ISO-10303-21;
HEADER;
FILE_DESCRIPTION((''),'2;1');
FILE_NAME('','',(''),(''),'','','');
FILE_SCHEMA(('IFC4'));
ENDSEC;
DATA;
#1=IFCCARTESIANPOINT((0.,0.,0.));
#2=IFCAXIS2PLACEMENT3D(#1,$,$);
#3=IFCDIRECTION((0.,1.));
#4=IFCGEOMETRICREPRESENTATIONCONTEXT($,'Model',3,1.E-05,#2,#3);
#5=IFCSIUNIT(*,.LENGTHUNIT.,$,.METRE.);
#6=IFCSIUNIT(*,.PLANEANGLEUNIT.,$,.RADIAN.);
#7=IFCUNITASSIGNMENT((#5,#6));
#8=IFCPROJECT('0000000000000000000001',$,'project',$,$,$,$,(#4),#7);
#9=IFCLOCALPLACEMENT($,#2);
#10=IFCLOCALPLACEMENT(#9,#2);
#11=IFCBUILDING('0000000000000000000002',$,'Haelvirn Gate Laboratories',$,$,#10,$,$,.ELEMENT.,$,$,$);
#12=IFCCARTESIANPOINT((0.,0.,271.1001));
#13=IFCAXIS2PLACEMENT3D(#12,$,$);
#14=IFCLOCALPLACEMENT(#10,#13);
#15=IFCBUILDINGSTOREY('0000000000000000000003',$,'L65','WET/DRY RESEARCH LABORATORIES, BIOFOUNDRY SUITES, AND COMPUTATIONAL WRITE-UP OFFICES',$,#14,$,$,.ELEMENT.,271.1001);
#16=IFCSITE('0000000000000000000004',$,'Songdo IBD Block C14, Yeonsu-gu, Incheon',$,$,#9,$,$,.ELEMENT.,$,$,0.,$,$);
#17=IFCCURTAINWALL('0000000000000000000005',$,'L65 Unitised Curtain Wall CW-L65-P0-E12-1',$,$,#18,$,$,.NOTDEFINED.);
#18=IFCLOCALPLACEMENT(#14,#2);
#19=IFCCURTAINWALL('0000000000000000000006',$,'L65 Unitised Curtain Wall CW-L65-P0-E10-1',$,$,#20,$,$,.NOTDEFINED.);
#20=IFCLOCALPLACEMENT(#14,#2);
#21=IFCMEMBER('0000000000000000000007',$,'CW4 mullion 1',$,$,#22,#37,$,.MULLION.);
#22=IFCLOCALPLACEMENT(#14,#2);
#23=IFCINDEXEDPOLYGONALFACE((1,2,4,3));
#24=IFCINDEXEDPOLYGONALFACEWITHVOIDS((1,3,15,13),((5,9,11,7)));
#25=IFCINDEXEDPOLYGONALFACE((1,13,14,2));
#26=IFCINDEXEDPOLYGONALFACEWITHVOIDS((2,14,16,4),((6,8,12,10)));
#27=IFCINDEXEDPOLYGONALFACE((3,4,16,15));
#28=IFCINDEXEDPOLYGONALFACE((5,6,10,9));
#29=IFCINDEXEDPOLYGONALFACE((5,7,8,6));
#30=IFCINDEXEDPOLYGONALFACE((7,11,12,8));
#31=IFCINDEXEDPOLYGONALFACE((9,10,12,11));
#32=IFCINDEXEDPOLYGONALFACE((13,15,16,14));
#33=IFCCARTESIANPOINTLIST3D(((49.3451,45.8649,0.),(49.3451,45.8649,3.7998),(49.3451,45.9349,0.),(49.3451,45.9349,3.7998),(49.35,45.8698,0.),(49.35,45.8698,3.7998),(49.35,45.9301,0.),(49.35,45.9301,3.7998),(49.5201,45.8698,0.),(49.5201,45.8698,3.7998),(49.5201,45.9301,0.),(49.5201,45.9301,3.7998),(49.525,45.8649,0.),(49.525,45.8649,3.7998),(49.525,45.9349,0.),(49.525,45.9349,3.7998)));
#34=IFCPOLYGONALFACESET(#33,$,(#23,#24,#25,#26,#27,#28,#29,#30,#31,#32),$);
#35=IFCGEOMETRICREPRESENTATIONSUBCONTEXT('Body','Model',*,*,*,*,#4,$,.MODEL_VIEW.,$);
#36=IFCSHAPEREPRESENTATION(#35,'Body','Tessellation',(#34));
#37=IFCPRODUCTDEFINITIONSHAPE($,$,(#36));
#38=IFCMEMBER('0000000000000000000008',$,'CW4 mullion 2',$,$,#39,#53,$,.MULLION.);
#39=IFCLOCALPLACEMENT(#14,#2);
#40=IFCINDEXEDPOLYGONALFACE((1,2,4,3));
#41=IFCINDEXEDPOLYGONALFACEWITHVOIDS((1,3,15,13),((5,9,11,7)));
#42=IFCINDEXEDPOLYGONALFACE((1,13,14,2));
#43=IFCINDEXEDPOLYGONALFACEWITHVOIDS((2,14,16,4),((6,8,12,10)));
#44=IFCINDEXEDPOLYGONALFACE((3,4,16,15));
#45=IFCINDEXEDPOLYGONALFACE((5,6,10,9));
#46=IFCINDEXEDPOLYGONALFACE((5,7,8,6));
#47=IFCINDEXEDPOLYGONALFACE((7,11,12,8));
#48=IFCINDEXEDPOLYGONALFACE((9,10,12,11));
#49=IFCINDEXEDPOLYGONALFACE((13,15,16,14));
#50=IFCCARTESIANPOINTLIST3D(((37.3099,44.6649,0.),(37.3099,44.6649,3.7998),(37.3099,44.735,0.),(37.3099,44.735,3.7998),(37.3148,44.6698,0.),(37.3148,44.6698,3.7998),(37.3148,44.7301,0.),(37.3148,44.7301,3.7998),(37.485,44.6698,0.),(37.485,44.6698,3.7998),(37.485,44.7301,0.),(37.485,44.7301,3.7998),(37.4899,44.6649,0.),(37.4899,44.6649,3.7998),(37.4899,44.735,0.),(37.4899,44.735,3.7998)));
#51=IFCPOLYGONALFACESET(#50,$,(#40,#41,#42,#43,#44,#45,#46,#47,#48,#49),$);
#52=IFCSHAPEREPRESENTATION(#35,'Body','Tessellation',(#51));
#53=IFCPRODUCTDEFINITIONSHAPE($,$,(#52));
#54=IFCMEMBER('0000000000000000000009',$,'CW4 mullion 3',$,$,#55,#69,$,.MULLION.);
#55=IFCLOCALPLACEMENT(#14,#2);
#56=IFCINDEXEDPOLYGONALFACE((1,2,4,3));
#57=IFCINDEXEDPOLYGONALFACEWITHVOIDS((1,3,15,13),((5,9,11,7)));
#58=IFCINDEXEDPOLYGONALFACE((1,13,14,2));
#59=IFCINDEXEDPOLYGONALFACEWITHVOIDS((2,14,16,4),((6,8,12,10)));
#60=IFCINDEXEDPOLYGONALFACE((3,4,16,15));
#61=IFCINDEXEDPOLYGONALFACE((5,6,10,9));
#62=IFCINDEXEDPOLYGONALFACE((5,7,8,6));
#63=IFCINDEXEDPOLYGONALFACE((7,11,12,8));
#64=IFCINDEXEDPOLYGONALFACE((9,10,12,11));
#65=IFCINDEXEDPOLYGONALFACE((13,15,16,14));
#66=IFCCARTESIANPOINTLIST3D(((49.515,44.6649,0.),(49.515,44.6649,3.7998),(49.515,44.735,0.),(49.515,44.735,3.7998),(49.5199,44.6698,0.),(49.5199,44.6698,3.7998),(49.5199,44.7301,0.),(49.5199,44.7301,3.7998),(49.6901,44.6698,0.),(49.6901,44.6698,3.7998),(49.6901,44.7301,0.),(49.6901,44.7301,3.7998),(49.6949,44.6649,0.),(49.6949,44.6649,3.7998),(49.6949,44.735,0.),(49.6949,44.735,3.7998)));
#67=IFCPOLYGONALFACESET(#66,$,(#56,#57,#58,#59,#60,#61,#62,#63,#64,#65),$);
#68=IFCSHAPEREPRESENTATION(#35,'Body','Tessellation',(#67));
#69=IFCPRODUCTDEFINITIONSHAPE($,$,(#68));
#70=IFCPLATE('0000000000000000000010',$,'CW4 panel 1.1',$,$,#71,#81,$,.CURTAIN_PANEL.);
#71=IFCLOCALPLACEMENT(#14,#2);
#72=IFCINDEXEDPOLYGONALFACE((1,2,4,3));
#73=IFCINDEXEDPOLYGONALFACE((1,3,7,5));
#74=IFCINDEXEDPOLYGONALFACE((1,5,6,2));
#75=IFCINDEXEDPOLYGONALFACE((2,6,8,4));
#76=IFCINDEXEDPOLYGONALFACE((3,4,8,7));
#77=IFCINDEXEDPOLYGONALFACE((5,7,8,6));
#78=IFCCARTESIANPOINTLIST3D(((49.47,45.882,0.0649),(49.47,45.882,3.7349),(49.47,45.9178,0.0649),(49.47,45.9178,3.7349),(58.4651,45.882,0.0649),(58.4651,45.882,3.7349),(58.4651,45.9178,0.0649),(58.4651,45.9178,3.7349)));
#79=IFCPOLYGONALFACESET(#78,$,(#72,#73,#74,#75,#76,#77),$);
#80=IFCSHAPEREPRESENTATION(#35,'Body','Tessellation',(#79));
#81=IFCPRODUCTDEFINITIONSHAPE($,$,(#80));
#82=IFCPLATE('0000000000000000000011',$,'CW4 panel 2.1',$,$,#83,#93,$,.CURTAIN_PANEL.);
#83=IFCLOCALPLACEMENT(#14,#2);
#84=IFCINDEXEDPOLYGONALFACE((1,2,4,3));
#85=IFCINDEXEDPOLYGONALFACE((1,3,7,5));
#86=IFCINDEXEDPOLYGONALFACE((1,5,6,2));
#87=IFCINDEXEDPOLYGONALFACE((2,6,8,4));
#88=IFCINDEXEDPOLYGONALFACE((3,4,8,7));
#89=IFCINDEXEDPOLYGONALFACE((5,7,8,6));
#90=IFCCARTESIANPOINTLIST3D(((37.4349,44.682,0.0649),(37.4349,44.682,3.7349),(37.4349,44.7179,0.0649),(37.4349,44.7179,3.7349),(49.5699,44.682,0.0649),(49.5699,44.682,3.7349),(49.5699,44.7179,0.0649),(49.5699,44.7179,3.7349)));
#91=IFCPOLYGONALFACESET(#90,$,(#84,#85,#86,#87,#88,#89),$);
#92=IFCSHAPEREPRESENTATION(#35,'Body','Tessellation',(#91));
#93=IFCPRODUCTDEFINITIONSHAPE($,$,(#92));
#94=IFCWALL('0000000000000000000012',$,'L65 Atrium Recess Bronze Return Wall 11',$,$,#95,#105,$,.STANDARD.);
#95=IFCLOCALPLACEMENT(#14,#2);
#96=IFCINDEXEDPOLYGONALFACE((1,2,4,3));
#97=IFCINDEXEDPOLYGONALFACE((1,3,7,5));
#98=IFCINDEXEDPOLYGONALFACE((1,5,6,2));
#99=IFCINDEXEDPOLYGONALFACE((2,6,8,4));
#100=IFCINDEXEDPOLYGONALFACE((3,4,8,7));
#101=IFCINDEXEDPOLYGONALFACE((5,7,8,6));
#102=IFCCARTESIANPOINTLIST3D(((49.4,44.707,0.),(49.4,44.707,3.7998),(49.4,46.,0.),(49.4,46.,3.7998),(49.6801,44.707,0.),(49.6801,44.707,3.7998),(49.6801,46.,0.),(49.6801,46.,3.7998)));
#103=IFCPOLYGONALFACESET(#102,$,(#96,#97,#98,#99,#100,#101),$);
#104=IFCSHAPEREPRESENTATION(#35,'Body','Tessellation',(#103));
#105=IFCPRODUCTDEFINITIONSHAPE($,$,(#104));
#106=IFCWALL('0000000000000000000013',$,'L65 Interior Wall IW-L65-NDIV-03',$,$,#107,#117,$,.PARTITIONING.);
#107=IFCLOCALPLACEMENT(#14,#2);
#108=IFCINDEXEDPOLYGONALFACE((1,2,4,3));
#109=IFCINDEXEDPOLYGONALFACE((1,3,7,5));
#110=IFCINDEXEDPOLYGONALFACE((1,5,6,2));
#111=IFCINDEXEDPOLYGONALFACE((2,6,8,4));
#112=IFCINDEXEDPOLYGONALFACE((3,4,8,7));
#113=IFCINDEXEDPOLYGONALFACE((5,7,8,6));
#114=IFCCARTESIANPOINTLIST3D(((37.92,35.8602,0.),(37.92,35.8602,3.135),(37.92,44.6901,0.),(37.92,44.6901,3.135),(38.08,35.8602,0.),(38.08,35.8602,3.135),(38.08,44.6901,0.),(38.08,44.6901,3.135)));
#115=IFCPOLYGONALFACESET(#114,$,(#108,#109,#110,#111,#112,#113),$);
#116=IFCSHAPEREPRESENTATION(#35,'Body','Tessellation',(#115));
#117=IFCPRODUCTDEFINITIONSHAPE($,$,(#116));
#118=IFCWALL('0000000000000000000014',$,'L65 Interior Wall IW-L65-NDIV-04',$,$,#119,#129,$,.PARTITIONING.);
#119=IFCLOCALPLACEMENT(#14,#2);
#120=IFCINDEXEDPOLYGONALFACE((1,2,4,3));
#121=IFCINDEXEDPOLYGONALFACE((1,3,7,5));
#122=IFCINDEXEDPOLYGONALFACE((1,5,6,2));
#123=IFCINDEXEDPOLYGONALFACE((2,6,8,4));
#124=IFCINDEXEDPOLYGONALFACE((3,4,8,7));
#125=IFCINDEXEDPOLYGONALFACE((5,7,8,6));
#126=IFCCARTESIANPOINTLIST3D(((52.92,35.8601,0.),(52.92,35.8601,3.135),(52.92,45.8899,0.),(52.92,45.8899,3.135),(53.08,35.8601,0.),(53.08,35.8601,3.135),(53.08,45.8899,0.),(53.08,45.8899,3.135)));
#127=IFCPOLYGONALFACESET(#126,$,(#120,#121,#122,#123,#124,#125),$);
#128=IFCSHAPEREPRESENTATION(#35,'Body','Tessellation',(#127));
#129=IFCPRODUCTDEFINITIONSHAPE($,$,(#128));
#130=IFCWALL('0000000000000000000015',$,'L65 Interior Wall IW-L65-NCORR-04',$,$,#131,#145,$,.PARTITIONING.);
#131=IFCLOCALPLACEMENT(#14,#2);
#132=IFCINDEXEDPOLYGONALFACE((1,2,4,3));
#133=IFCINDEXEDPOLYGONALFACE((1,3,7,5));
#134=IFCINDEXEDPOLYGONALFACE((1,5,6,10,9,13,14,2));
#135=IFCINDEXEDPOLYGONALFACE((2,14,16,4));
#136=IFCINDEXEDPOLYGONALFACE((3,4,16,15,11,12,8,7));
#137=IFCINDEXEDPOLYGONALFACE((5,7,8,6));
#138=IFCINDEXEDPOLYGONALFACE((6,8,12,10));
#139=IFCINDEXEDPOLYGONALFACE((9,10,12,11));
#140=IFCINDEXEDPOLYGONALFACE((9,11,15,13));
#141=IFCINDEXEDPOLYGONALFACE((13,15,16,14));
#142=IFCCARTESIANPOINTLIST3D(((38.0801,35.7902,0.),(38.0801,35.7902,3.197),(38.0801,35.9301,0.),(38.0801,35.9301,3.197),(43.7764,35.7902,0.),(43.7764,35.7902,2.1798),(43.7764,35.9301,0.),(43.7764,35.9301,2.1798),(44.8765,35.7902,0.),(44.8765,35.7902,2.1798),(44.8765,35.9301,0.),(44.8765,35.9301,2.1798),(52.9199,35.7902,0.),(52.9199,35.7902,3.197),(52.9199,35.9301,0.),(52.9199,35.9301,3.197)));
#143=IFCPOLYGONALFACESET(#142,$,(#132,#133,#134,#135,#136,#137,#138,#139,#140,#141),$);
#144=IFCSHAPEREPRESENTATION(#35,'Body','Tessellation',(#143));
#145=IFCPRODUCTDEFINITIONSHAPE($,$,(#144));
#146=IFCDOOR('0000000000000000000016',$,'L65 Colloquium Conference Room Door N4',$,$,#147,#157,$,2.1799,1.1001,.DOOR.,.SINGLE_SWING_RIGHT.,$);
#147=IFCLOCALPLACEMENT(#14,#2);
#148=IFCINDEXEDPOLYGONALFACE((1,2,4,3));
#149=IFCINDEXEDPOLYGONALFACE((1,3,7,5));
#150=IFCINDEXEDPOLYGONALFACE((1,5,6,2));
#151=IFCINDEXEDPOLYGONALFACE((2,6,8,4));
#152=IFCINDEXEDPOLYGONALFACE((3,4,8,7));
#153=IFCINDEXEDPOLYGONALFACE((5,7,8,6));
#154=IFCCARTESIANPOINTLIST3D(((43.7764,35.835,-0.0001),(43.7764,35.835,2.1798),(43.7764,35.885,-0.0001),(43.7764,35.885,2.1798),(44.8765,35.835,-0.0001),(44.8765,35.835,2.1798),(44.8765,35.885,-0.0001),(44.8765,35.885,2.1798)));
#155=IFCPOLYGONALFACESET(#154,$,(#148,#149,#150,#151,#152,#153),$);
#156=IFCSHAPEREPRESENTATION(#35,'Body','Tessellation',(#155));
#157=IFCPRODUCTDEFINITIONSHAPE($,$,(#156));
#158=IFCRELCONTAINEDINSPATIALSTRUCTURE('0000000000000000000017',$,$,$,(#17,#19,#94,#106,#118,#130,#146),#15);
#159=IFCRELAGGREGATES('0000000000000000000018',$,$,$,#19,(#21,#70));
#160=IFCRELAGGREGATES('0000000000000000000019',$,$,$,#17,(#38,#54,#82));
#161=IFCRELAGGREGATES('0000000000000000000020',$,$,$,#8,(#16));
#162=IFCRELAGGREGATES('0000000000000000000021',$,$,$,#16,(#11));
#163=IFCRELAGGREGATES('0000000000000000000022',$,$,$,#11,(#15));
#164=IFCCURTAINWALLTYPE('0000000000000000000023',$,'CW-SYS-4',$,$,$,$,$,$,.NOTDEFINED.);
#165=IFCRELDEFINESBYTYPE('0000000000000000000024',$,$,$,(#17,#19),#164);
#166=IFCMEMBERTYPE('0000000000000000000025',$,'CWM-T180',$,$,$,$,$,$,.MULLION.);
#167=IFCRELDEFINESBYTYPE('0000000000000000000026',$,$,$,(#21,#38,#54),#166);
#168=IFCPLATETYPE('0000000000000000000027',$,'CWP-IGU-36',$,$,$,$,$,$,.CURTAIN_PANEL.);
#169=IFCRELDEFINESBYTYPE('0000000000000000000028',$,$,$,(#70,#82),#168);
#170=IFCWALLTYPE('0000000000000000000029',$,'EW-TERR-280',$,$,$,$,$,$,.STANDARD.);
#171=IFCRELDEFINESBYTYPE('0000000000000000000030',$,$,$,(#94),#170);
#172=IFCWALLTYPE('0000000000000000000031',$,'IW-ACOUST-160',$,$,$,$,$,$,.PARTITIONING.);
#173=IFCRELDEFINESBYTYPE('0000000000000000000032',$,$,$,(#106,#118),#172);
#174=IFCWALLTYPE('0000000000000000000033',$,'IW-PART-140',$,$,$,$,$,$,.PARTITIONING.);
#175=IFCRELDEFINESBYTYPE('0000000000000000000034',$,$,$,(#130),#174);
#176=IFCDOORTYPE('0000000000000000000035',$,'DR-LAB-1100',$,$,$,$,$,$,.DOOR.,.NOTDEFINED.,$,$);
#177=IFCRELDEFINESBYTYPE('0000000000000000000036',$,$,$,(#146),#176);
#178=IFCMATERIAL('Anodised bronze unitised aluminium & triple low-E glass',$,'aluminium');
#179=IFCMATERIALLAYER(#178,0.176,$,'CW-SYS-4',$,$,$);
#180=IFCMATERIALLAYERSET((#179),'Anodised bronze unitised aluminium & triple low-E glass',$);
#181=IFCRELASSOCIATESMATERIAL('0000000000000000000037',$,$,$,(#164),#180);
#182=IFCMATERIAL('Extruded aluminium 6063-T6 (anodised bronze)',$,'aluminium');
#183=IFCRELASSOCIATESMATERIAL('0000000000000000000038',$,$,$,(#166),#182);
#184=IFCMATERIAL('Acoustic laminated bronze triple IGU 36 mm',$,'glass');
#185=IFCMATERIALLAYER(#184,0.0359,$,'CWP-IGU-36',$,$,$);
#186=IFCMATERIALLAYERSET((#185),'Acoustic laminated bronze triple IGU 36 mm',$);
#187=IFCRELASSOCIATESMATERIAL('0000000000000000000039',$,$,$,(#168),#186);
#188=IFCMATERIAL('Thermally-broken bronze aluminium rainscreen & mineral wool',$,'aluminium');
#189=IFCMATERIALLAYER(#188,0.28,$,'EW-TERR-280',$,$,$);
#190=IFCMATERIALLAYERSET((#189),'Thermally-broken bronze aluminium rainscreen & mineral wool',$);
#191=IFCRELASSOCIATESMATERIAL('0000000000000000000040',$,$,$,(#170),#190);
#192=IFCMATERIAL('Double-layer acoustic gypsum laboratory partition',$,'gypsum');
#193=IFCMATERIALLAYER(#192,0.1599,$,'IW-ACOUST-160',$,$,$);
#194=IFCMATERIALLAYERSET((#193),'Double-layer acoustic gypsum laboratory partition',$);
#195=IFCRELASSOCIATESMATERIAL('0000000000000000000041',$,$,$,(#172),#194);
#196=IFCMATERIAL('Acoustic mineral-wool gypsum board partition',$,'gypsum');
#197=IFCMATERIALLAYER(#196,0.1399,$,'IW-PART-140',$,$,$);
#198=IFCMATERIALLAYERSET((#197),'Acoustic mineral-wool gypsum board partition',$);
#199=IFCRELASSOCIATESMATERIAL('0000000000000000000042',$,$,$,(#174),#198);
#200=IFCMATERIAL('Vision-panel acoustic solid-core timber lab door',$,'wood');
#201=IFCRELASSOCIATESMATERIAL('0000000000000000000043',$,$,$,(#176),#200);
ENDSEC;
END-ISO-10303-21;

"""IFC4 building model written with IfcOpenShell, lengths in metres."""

from ifc_helpers import new_model, si_unit, direction, frame, frame_2d, origin, origin_2d, place, context, subcontext, project, spatial, rectangle, hollow_rectangle, extrude, source, transform, mapped, material, layer, layer_set, material_profile, profile_set, type_object, type_shapes, element, fill, aggregate, save


model = new_model("IFC4")

# Units and contexts
model_context = context("Model", 3, precision=1e-05, world=origin(), true_north=direction((0.0, 1.0)))
body_context = subcontext(model_context, "Body", "Model", "MODEL_VIEW")
ifc_project = project(units=[si_unit("LENGTHUNIT", "METRE"), si_unit("PLANEANGLEUNIT", "RADIAN")], contexts=[model_context])

# Site, building, storey
site_placement = place(None, origin())
site = spatial("IfcSite", under=ifc_project, at=site_placement, Name="Songdo IBD Block C14, Yeonsu-gu, Incheon", CompositionType="ELEMENT", RefElevation=0.0)
building_placement = place(site_placement, origin())
building = spatial("IfcBuilding", under=site, at=building_placement, Name="Haelvirn Gate Laboratories", CompositionType="ELEMENT")
storey_placement = place(building_placement, frame((0.0, 0.0, 271.1001)))
storey = spatial("IfcBuildingStorey", under=building, at=storey_placement, Name="L65", Description="WET/DRY RESEARCH LABORATORIES, BIOFOUNDRY SUITES, AND COMPUTATIONAL WRITE-UP OFFICES", CompositionType="ELEMENT", Elevation=271.1001)

# Curtain walls, member
ifc_material_1 = material(Name="Anodised bronze unitised aluminium & triple low-E glass", Category="aluminium")
ifc_layer_1 = layer(ifc_material_1, 0.176, Name="CW-SYS-4")
ifc_layer_set_1 = layer_set([ifc_layer_1], Name="Anodised bronze unitised aluminium & triple low-E glass")
curtain_wall_type = type_object("IfcCurtainWallType", Name="CW-SYS-4", PredefinedType="NOTDEFINED", material=ifc_layer_set_1)
curtain_wall_1_placement = place(storey_placement, origin())
curtain_wall_1 = element("IfcCurtainWall", 1, at=curtain_wall_1_placement, inside=storey, type_object=curtain_wall_type, Name="L65 Unitised Curtain Wall CW-L65-P0-E12-1", PredefinedType="NOTDEFINED")
ifc_material_2 = material(Name="Extruded aluminium 6063-T6 (anodised bronze)", Category="aluminium")
curtain_wall_2_placement = place(storey_placement, origin())
curtain_wall_2 = element("IfcCurtainWall", 2, at=curtain_wall_2_placement, inside=storey, type_object=curtain_wall_type, Name="L65 Unitised Curtain Wall CW-L65-P0-E10-1", PredefinedType="NOTDEFINED")
ifc_material_profile_1 = material_profile(ifc_material_2, hollow_rectangle(XDim=0.0701, YDim=0.1799, WallThickness=0.0049, at=origin_2d()), Name="CWM-180x70x5")
ifc_profile_set_1 = profile_set([ifc_material_profile_1], Name="Extruded aluminium 6063-T6 (anodised bronze)")
member_type_1 = type_object("IfcMemberType", Name="CWM-T180", PredefinedType="MULLION", material=ifc_profile_set_1)
shared_shape_1 = source(origin(), body_context, "Body", "SweptSolid", [
    extrude(hollow_rectangle(XDim=0.0701, YDim=0.1799, WallThickness=0.0049, at=origin_2d()), origin(), (0.0, 0.0, 1.0), 3.7998),
])
type_shapes(member_type_1, [shared_shape_1])
member_1_placement = place(storey_placement, frame((49.4351, 45.8999, 0.0), z_axis=(0.0, 0.0, 1.0), x_axis=(0.0, 1.0, 0.0)))
member_1 = element("IfcMember", 3, at=member_1_placement, type_object=member_type_1, Name="CW4 mullion 1", PredefinedType="MULLION", context=body_context, shape_type="MappedRepresentation", body=[
    mapped(shared_shape_1, transform((0.0, 0.0, 0.0), scale=1.0)),
])

# Members
member_2_placement = place(storey_placement, frame((37.3999, 44.7, 0.0), z_axis=(0.0, 0.0, 1.0), x_axis=(0.0, 1.0, 0.0)))
member_2 = element("IfcMember", 4, at=member_2_placement, type_object=member_type_1, Name="CW4 mullion 2", PredefinedType="MULLION", context=body_context, shape_type="MappedRepresentation", body=[
    mapped(shared_shape_1, transform((0.0, 0.0, 0.0), scale=1.0)),
])
member_3_placement = place(storey_placement, frame((49.605, 44.7, 0.0), z_axis=(0.0, 0.0, 1.0), x_axis=(0.0, 1.0, 0.0)))
member_3 = element("IfcMember", 5, at=member_3_placement, type_object=member_type_1, Name="CW4 mullion 3", PredefinedType="MULLION", context=body_context, shape_type="MappedRepresentation", body=[
    mapped(shared_shape_1, transform((0.0, 0.0, 0.0), scale=1.0)),
])

# Plates
ifc_material_3 = material(Name="Acoustic laminated bronze triple IGU 36 mm", Category="glass")
ifc_layer_2 = layer(ifc_material_3, 0.0359, Name="CWP-IGU-36")
ifc_layer_set_2 = layer_set([ifc_layer_2], Name="Acoustic laminated bronze triple IGU 36 mm")
plate_type = type_object("IfcPlateType", Name="CWP-IGU-36", PredefinedType="CURTAIN_PANEL", material=ifc_layer_set_2)
shared_shape_2 = source(origin(), body_context, "Body", "SweptSolid", [
    extrude(rectangle(XDim=8.9951, YDim=0.0359, at=origin_2d()), origin(), (0.0, 0.0, 1.0), 3.6699),
])
plate_1_placement = place(storey_placement, frame((53.9675, 45.8999, 0.0649), z_axis=(0.0, 0.0, 1.0), x_axis=(1.0, 0.0, 0.0)))
plate_1 = element("IfcPlate", 6, at=plate_1_placement, type_object=plate_type, Name="CW4 panel 1.1", PredefinedType="CURTAIN_PANEL", context=body_context, shape_type="MappedRepresentation", body=[
    mapped(shared_shape_2, transform((0.0, 0.0, 0.0), scale=1.0)),
])
aggregate(curtain_wall_2, [member_1, plate_1])
shared_shape_3 = source(origin(), body_context, "Body", "SweptSolid", [
    extrude(rectangle(XDim=12.135, YDim=0.0359, at=origin_2d()), origin(), (0.0, 0.0, 1.0), 3.6699),
])
type_shapes(plate_type, [shared_shape_2, shared_shape_3])
plate_2_placement = place(storey_placement, frame((43.5024, 44.7, 0.0649), z_axis=(0.0, 0.0, 1.0), x_axis=(1.0, 0.0, 0.0)))
plate_2 = element("IfcPlate", 7, at=plate_2_placement, type_object=plate_type, Name="CW4 panel 2.1", PredefinedType="CURTAIN_PANEL", context=body_context, shape_type="MappedRepresentation", body=[
    mapped(shared_shape_3, transform((0.0, 0.0, 0.0), scale=1.0)),
])
aggregate(curtain_wall_1, [member_2, member_3, plate_2])

# Walls
ifc_material_4 = material(Name="Thermally-broken bronze aluminium rainscreen & mineral wool", Category="aluminium")
ifc_layer_3 = layer(ifc_material_4, 0.28, Name="EW-TERR-280")
ifc_layer_set_3 = layer_set([ifc_layer_3], Name="Thermally-broken bronze aluminium rainscreen & mineral wool")
wall_type_1 = type_object("IfcWallType", Name="EW-TERR-280", PredefinedType="STANDARD", material=ifc_layer_set_3)
wall_1_placement = place(storey_placement, frame((49.54, 46.0, 0.0), z_axis=(0.0, 0.0, 1.0), x_axis=(0.0, -1.0, 0.0)))
element("IfcWall", 8, at=wall_1_placement, inside=storey, type_object=wall_type_1, Name="L65 Atrium Recess Bronze Return Wall 11", PredefinedType="STANDARD", context=body_context, shape_type="SweptSolid", body=[
    extrude(rectangle(XDim=1.293, YDim=0.28, at=frame_2d((0.6465, 0.0))), origin(), (0.0, 0.0, 1.0), 3.7998),
])
ifc_material_5 = material(Name="Double-layer acoustic gypsum laboratory partition", Category="gypsum")
ifc_layer_4 = layer(ifc_material_5, 0.1599, Name="IW-ACOUST-160")
ifc_layer_set_4 = layer_set([ifc_layer_4], Name="Double-layer acoustic gypsum laboratory partition")
wall_type_2 = type_object("IfcWallType", Name="IW-ACOUST-160", PredefinedType="PARTITIONING", material=ifc_layer_set_4)
wall_2_placement = place(storey_placement, frame((38.0, 35.8601, 0.0), z_axis=(0.0, 0.0, 1.0), x_axis=(0.0, 1.0, 0.0)))
element("IfcWall", 9, at=wall_2_placement, inside=storey, type_object=wall_type_2, Name="L65 Interior Wall IW-L65-NDIV-03", PredefinedType="PARTITIONING", context=body_context, shape_type="SweptSolid", body=[
    extrude(rectangle(XDim=8.8298, YDim=0.1599, at=frame_2d((4.415, 0.0))), origin(), (0.0, 0.0, 1.0), 3.135),
])
wall_3_placement = place(storey_placement, frame((53.0, 35.8601, 0.0), z_axis=(0.0, 0.0, 1.0), x_axis=(0.0, 1.0, 0.0)))
element("IfcWall", 10, at=wall_3_placement, inside=storey, type_object=wall_type_2, Name="L65 Interior Wall IW-L65-NDIV-04", PredefinedType="PARTITIONING", context=body_context, shape_type="SweptSolid", body=[
    extrude(rectangle(XDim=10.0298, YDim=0.1599, at=frame_2d((5.0149, 0.0))), origin(), (0.0, 0.0, 1.0), 3.135),
])

# Wall, opening, door
ifc_material_6 = material(Name="Acoustic mineral-wool gypsum board partition", Category="gypsum")
ifc_layer_5 = layer(ifc_material_6, 0.1399, Name="IW-PART-140")
ifc_layer_set_5 = layer_set([ifc_layer_5], Name="Acoustic mineral-wool gypsum board partition")
wall_type_3 = type_object("IfcWallType", Name="IW-PART-140", PredefinedType="PARTITIONING", material=ifc_layer_set_5)
wall_4_placement = place(storey_placement, frame((38.0801, 35.8601, 0.0), z_axis=(0.0, 0.0, 1.0), x_axis=(1.0, 0.0, 0.0)))
wall_4 = element("IfcWall", 11, at=wall_4_placement, inside=storey, type_object=wall_type_3, Name="L65 Interior Wall IW-L65-NCORR-04", PredefinedType="PARTITIONING", context=body_context, shape_type="SweptSolid", body=[
    extrude(rectangle(XDim=14.8398, YDim=0.1399, at=frame_2d((7.4199, 0.0))), origin(), (0.0, 0.0, 1.0), 3.197),
])
opening_1_placement = place(wall_4_placement, frame((5.6963, 0.0, 0.0)))
opening_1 = element("IfcOpeningElement", 12, at=opening_1_placement, cuts=wall_4, PredefinedType="OPENING", context=body_context, shape_type="SweptSolid", body=[
    extrude(rectangle(XDim=1.1001, YDim=2.1799, at=frame_2d((0.55, 1.0898))), frame((0.0, 0.0801, 0.0), z_axis=(0.0, -1.0, 0.0), x_axis=(1.0, 0.0, 0.0)), (0.0, 0.0, 1.0), 0.1599),
])
ifc_material_7 = material(Name="Vision-panel acoustic solid-core timber lab door", Category="wood")
door_type = type_object("IfcDoorType", Name="DR-LAB-1100", OperationType="NOTDEFINED", PredefinedType="DOOR", material=ifc_material_7)
shared_shape_4 = source(origin(), body_context, "Body", "SweptSolid", [
    extrude(rectangle(XDim=1.1001, YDim=2.1799, at=frame_2d((0.55, 1.0898))), frame((0.0, 0.0249, 0.0), z_axis=(0.0, -1.0, 0.0), x_axis=(1.0, 0.0, 0.0)), (0.0, 0.0, 1.0), 0.05),
])
type_shapes(door_type, [shared_shape_4])
door_1_placement = place(opening_1_placement, origin())
door_1 = element("IfcDoor", 13, at=door_1_placement, inside=storey, type_object=door_type, Name="L65 Colloquium Conference Room Door N4", OperationType="SINGLE_SWING_RIGHT", OverallHeight=2.1799, OverallWidth=1.1001, PredefinedType="DOOR", context=body_context, shape_type="MappedRepresentation", body=[
    mapped(shared_shape_4, transform((0.0, 0.0, 0.0), scale=1.0)),
])
fill(opening_1, door_1)

save(model, "model.ifc")
